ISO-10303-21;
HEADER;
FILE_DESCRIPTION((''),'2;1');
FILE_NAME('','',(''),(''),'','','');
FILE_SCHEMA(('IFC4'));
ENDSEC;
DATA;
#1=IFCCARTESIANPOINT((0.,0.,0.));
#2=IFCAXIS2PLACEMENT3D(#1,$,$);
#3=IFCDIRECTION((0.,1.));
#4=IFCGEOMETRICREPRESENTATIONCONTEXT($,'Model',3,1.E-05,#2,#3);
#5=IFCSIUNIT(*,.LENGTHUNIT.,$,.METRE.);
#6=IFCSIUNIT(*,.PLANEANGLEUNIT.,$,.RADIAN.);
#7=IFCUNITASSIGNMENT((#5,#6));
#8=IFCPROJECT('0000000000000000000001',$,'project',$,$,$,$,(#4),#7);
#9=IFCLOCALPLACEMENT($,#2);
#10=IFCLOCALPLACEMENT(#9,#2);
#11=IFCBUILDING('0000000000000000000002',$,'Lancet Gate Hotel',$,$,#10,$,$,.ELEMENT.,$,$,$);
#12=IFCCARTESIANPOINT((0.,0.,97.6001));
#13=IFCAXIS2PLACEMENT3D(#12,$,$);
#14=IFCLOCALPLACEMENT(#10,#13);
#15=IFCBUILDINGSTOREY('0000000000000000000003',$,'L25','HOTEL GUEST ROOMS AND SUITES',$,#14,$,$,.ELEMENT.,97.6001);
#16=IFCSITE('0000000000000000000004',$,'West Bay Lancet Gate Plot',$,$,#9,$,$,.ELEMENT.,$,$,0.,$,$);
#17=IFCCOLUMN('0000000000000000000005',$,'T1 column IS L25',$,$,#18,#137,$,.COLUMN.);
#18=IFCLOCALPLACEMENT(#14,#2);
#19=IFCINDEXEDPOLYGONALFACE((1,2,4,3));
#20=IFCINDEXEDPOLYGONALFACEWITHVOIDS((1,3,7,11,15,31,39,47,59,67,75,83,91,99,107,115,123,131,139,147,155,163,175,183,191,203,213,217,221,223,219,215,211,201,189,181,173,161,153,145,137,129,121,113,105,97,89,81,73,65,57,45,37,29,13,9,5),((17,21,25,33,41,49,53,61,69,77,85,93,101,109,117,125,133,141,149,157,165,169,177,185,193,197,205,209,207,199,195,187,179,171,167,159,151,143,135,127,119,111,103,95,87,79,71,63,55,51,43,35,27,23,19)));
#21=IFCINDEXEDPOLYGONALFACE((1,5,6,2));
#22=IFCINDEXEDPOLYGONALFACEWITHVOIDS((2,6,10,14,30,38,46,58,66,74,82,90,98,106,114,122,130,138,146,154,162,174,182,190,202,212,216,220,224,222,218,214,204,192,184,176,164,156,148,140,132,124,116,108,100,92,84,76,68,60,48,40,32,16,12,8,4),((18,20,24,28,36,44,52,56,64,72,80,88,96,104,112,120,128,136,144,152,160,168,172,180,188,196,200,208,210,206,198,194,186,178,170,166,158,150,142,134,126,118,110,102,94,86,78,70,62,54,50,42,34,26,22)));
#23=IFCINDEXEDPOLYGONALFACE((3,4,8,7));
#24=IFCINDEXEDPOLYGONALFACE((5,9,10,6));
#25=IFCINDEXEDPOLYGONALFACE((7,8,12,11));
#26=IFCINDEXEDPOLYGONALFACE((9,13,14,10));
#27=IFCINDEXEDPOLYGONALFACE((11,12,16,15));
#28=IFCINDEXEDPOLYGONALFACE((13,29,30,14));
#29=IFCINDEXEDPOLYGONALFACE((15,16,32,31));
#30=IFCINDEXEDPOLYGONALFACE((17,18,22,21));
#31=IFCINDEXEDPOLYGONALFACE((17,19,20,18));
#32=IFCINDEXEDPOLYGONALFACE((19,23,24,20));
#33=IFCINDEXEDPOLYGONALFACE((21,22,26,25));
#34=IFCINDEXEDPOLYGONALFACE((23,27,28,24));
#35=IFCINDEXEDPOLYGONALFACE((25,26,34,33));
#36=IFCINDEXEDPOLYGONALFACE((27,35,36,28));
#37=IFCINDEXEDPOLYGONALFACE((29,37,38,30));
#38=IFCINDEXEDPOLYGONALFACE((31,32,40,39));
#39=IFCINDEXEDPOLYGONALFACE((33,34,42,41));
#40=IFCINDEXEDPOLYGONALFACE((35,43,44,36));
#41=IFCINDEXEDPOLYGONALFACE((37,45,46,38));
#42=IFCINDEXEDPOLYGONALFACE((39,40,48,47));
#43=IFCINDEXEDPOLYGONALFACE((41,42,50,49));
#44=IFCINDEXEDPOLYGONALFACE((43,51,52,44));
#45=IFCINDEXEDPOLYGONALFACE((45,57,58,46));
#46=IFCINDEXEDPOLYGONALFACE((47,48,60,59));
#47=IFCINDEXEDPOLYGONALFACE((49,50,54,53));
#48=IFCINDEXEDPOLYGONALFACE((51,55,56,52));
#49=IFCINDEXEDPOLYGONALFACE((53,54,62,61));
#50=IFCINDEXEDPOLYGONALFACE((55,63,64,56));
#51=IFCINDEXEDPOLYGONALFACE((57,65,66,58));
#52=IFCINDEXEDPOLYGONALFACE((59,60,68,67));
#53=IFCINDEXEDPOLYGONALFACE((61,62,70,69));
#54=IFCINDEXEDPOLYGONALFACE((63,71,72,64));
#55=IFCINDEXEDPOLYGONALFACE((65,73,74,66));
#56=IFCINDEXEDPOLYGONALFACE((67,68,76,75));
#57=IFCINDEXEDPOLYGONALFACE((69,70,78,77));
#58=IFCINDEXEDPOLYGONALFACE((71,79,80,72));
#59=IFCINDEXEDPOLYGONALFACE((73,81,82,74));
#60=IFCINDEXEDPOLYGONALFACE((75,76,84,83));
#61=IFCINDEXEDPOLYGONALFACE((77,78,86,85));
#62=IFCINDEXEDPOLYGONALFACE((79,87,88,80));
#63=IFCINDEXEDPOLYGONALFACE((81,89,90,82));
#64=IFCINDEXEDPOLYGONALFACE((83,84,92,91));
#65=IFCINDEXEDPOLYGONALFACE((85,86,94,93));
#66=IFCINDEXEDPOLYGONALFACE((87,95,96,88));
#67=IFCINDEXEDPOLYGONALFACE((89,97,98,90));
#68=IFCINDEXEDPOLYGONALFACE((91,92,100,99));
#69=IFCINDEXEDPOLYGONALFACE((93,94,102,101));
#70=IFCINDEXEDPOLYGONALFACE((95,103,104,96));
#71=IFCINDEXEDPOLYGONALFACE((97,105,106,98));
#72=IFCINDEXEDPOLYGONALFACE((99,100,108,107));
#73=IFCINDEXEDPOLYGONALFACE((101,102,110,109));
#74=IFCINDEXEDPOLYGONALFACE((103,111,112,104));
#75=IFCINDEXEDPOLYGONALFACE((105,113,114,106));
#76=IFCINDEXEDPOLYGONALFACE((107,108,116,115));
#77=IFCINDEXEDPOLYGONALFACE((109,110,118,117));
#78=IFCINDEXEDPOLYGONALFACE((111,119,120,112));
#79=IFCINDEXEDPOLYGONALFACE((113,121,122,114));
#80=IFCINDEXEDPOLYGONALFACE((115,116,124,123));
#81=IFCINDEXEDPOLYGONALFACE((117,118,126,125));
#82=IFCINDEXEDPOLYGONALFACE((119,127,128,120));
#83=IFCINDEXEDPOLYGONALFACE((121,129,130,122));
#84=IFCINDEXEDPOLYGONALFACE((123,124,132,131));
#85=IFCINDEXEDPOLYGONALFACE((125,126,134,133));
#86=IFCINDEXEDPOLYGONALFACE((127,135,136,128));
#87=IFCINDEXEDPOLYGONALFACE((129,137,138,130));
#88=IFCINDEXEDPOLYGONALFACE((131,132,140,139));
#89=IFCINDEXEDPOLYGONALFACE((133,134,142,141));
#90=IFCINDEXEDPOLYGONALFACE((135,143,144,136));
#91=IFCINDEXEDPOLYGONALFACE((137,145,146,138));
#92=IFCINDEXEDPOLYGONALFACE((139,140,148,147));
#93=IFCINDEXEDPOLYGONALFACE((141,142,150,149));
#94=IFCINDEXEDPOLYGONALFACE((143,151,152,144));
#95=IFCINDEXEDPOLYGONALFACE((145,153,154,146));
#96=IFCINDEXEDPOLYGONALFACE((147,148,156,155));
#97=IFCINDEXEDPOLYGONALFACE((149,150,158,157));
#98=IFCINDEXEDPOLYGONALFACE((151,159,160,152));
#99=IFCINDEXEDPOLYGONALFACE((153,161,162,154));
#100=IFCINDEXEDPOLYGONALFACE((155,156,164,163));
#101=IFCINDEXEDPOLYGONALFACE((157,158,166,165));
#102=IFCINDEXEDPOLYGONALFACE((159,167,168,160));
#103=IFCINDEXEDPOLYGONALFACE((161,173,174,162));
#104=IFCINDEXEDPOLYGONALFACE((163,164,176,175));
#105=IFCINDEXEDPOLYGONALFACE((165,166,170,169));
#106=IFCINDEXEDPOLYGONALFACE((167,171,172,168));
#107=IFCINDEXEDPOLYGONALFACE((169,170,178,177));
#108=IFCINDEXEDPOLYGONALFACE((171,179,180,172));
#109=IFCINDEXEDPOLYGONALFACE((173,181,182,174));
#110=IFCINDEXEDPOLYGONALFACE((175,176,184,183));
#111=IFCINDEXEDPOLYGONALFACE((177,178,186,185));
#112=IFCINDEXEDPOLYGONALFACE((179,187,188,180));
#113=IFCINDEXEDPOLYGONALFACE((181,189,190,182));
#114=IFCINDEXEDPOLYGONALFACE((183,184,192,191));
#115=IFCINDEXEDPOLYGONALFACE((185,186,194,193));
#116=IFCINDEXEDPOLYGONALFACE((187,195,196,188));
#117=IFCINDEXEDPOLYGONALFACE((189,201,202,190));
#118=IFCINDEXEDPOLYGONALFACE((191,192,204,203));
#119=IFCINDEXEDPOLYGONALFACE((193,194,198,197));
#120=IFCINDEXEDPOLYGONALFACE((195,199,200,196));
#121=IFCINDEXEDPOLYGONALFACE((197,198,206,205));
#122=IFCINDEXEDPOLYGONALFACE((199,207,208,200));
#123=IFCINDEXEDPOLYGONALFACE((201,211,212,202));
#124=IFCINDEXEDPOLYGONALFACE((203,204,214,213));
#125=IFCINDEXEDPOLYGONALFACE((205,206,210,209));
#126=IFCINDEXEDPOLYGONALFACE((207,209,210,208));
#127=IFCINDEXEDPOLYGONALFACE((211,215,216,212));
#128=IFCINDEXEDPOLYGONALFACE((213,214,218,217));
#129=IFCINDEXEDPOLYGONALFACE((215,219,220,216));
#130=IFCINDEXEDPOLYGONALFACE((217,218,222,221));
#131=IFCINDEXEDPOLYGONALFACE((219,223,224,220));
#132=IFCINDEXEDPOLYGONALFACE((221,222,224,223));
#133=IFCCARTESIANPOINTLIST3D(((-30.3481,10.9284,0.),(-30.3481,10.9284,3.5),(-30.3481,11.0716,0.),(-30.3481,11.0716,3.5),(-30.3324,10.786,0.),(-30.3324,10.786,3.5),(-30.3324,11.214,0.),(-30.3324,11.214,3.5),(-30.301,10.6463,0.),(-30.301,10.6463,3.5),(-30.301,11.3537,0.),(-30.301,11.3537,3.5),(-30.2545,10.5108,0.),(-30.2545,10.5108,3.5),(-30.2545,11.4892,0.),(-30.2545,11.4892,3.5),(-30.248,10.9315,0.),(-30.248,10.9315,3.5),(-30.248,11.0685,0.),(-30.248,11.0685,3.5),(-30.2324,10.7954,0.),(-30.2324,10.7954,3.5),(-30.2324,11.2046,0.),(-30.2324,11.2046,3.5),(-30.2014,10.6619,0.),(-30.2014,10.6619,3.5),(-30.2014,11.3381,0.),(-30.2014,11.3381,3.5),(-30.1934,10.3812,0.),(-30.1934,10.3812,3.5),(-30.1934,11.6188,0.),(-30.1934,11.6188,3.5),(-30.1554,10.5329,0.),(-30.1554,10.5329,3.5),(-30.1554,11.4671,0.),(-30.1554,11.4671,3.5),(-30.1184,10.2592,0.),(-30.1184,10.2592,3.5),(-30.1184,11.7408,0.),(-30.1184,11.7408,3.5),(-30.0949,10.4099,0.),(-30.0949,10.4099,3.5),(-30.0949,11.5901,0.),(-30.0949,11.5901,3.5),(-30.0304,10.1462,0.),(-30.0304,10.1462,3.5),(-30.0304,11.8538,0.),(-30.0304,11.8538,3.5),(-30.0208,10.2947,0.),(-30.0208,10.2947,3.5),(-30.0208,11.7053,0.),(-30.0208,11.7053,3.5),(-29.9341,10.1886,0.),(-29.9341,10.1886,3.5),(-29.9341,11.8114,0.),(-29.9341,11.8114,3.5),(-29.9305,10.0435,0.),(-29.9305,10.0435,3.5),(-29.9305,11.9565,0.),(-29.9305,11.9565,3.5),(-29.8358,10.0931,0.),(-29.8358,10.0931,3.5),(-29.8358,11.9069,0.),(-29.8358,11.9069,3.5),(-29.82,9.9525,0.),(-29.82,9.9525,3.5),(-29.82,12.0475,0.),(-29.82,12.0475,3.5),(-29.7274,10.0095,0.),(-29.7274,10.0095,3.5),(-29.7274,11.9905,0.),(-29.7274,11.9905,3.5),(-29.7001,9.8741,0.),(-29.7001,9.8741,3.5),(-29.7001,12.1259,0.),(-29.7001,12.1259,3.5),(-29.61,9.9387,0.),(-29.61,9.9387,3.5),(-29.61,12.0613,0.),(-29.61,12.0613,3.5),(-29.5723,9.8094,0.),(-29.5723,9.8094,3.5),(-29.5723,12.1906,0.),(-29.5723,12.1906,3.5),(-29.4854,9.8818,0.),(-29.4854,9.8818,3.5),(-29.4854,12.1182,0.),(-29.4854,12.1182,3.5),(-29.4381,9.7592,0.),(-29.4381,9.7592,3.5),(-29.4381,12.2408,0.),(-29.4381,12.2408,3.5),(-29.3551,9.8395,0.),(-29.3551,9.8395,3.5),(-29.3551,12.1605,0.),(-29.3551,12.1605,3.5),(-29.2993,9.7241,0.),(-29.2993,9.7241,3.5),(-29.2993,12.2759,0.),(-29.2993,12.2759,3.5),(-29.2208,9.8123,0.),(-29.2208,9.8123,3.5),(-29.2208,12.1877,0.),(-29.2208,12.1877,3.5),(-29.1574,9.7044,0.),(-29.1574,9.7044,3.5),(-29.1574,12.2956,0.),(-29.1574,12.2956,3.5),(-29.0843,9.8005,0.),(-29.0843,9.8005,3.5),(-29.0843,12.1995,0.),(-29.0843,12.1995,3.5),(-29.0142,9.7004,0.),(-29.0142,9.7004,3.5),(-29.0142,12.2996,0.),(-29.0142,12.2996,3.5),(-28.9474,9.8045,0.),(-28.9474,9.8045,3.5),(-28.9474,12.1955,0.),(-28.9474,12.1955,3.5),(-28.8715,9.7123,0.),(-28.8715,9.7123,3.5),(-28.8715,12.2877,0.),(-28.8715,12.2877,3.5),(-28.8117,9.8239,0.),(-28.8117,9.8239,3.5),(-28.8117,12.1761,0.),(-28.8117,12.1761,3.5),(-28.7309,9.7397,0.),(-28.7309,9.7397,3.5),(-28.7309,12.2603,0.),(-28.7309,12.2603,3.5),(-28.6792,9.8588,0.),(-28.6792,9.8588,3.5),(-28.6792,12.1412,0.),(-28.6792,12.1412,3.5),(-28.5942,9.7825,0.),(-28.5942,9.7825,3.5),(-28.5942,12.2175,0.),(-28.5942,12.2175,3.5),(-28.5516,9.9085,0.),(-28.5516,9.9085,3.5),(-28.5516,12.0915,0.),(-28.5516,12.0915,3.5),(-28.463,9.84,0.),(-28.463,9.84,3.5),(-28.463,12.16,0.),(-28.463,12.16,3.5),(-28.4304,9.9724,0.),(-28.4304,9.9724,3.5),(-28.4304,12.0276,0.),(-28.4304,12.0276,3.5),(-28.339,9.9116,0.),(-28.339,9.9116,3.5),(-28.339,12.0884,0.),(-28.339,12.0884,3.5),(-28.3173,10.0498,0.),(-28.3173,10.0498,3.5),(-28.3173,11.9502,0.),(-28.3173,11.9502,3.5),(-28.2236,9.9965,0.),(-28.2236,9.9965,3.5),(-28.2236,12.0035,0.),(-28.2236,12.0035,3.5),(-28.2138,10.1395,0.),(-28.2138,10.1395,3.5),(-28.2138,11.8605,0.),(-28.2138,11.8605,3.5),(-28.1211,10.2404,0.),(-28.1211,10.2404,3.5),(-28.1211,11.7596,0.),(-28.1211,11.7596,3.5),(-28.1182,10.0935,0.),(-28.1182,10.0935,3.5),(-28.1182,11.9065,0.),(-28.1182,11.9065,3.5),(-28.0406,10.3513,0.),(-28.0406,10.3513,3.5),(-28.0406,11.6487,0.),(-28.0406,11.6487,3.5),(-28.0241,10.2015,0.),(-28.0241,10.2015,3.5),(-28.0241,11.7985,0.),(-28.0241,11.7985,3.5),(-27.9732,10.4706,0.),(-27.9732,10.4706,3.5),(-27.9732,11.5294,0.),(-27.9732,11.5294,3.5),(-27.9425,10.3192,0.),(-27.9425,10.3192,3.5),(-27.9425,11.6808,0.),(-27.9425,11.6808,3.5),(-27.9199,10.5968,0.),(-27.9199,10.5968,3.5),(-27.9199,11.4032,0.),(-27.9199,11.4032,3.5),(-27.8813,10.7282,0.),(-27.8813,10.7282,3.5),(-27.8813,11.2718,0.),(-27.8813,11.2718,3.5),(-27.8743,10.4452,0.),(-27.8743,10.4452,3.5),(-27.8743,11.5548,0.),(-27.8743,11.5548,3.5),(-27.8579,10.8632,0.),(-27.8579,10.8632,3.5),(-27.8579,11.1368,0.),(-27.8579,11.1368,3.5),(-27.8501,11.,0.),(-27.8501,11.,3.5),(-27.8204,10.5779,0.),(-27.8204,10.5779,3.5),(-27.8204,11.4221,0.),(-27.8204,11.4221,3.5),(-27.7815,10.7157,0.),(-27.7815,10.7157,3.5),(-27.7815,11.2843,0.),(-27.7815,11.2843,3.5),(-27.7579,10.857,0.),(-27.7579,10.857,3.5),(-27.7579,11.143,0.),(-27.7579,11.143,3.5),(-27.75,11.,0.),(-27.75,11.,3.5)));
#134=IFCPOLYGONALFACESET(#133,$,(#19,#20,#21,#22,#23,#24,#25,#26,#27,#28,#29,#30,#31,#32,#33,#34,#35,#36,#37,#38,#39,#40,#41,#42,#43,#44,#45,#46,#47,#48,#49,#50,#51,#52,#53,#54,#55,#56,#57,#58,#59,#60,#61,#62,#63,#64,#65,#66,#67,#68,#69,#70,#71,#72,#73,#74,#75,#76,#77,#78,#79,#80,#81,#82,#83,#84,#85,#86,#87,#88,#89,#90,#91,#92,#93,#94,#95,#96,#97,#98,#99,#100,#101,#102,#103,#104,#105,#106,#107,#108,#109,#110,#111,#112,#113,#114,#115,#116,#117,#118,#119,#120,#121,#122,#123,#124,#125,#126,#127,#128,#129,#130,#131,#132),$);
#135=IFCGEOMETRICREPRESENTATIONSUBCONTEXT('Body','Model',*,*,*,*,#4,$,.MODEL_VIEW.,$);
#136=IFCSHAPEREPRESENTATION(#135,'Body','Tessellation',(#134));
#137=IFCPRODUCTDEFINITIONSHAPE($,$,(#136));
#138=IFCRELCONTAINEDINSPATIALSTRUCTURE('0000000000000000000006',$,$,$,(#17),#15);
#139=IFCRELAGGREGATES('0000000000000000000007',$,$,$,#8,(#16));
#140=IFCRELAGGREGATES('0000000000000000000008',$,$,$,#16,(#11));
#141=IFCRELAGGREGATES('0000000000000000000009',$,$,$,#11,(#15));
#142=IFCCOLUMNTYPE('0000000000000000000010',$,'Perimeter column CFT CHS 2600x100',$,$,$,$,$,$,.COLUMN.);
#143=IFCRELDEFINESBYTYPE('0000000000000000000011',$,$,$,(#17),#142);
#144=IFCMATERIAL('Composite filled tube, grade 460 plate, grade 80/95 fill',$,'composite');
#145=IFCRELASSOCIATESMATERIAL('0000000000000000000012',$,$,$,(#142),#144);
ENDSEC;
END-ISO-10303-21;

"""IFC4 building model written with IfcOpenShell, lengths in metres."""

from ifc_helpers import new_model, si_unit, direction, frame, origin, origin_2d, place, context, subcontext, project, spatial, hollow_circle, extrude, material, material_profile, profile_set, type_object, element, save


model = new_model("IFC4")

# Units and contexts
model_context = context("Model", 3, precision=1e-05, world=origin(), true_north=direction((0.0, 1.0)))
body_context = subcontext(model_context, "Body", "Model", "MODEL_VIEW")
ifc_project = project(units=[si_unit("LENGTHUNIT", "METRE"), si_unit("PLANEANGLEUNIT", "RADIAN")], contexts=[model_context])

# Site, building, storey
site_placement = place(None, origin())
site = spatial("IfcSite", under=ifc_project, at=site_placement, Name="West Bay Lancet Gate Plot", CompositionType="ELEMENT", RefElevation=0.0)
building_placement = place(site_placement, origin())
building = spatial("IfcBuilding", under=site, at=building_placement, Name="Lancet Gate Hotel", CompositionType="ELEMENT")
storey_placement = place(building_placement, frame((0.0, 0.0, 97.6001)))
storey = spatial("IfcBuildingStorey", under=building, at=storey_placement, Name="L25", Description="HOTEL GUEST ROOMS AND SUITES", CompositionType="ELEMENT", Elevation=97.6001)

# Column
ifc_material_1 = material(Name="Composite filled tube, grade 460 plate, grade 80/95 fill", Category="composite")
ifc_material_profile_1 = material_profile(ifc_material_1, hollow_circle(Radius=1.3, WallThickness=0.1001, at=origin_2d()), Name="CHS 2600x100")
ifc_profile_set_1 = profile_set([ifc_material_profile_1], Name="Composite filled tube, grade 460 plate, grade 80/95 fill")
column_type = type_object("IfcColumnType", Name="Perimeter column CFT CHS 2600x100", PredefinedType="COLUMN", material=ifc_profile_set_1)
for number, where, z_axis, x_axis, name in (
    (1, (-29.05, 11.0, 0.0), (0.0, 0.0, 1.0), (1.0, 0.0, 0.0), "T1 column IS L25"),
):
    element("IfcColumn", number, at=place(storey_placement, frame(where, z_axis=z_axis, x_axis=x_axis)), inside=storey, type_object=column_type, Name=name, PredefinedType="COLUMN", context=body_context, shape_type="SweptSolid", body=[
        extrude(hollow_circle(Radius=1.3, WallThickness=0.1001, at=origin_2d()), origin(), (0.0, 0.0, 1.0), 3.5),
    ])

save(model, "model.ifc")
